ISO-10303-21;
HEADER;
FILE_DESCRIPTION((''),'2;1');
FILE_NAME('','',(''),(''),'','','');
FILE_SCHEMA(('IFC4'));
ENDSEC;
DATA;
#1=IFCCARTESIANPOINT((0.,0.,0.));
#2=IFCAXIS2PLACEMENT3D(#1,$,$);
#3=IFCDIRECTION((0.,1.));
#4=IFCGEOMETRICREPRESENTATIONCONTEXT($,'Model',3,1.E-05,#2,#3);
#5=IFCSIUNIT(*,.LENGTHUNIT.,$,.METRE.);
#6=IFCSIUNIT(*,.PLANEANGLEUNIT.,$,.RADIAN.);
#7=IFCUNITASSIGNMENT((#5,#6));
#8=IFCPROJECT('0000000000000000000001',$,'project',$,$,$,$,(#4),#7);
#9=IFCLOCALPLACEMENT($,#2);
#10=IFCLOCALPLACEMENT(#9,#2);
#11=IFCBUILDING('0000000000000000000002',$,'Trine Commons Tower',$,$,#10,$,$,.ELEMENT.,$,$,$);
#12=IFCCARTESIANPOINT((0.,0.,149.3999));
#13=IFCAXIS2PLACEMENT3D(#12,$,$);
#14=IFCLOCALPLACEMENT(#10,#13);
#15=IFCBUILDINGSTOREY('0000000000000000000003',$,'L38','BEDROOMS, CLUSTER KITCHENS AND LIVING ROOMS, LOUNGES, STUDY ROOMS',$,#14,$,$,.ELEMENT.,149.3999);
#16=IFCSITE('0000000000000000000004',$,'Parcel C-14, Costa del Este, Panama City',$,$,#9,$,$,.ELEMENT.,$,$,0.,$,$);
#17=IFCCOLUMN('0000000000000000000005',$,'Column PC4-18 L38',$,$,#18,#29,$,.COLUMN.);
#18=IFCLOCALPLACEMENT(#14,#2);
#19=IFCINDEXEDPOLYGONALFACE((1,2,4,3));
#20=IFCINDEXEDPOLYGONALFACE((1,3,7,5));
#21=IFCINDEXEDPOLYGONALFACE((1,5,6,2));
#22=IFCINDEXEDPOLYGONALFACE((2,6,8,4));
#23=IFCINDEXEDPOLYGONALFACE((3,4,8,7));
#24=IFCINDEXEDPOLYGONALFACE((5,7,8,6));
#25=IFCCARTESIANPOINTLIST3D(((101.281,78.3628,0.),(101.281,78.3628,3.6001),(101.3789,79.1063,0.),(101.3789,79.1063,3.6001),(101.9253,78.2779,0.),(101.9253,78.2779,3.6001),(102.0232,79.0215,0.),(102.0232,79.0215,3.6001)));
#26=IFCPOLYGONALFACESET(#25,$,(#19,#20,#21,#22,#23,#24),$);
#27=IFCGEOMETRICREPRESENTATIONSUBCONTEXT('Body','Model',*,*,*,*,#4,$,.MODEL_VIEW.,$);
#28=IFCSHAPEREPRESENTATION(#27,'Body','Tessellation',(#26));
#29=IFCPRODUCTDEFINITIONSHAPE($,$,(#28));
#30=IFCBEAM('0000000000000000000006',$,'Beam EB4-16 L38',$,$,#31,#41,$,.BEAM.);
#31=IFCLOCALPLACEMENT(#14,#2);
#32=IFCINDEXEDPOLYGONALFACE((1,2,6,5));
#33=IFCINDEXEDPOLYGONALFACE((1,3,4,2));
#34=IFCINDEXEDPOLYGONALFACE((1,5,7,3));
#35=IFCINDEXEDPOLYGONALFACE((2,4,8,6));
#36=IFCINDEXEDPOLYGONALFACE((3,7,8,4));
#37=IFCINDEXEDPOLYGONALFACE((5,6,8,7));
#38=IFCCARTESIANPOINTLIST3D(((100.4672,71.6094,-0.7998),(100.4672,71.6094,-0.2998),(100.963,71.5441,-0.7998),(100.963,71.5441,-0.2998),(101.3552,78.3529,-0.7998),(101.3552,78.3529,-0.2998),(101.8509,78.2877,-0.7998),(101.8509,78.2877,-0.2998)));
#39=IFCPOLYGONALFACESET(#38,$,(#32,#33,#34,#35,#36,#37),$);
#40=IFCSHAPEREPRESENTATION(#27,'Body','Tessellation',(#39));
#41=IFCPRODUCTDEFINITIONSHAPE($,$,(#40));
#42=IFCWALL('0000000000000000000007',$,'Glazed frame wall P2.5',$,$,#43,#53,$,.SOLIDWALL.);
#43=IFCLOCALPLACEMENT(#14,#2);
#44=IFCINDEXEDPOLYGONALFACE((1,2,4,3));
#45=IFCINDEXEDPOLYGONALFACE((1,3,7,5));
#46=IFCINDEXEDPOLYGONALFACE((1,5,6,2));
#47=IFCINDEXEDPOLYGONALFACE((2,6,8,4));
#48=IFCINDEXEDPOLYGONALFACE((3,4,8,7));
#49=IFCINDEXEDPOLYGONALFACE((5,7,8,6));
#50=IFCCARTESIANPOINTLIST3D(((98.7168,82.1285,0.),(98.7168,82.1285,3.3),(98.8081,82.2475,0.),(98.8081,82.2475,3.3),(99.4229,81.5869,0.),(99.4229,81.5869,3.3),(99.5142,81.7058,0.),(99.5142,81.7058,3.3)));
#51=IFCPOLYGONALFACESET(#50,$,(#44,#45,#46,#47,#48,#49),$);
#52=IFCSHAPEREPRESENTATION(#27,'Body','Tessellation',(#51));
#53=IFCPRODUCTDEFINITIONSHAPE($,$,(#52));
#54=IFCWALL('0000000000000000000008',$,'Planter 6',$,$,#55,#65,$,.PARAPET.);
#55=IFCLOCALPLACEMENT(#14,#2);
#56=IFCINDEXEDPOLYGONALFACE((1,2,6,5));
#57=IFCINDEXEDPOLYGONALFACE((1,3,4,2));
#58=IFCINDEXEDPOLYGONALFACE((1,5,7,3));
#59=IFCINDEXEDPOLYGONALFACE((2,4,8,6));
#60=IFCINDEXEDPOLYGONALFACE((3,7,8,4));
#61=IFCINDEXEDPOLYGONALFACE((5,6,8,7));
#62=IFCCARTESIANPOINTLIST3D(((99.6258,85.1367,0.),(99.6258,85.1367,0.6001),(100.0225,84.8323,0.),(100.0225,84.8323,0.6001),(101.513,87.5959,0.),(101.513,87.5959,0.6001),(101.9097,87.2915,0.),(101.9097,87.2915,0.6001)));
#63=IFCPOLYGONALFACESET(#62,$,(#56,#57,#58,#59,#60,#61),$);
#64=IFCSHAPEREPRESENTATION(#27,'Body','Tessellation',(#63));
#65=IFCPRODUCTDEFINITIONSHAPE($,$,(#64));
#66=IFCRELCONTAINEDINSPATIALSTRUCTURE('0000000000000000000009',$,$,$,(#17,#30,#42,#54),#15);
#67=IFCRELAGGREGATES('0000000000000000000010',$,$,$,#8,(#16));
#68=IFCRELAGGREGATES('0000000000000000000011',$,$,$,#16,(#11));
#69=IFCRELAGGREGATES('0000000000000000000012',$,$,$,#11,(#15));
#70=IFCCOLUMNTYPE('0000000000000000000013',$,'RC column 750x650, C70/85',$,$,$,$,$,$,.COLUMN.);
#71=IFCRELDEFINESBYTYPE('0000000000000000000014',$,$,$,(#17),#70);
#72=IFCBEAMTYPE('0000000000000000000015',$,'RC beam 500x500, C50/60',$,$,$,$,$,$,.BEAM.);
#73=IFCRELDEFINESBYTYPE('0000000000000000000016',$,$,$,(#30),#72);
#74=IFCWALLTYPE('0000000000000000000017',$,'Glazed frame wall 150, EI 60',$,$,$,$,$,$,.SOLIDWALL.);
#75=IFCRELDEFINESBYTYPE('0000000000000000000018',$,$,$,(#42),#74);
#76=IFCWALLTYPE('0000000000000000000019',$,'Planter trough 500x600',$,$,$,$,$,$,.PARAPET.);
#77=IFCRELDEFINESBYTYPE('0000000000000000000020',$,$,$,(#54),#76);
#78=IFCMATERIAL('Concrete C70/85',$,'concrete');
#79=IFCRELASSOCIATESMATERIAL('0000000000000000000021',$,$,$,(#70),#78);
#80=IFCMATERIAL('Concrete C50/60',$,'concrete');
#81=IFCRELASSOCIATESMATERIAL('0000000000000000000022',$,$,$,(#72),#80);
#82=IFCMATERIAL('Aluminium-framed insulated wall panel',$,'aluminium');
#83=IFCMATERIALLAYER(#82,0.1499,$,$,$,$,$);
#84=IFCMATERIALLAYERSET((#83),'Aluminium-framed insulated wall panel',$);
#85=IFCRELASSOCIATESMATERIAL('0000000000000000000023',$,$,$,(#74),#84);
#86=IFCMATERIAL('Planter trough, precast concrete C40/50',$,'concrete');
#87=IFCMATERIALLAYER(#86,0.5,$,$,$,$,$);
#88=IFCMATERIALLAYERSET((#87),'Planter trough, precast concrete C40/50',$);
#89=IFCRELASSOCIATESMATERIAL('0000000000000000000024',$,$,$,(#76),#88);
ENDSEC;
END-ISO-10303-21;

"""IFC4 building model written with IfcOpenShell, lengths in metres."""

from ifc_helpers import new_model, si_unit, direction, frame, frame_2d, origin, origin_2d, place, context, subcontext, project, spatial, polyline, rectangle, outline, extrude, material, layer, layer_set, material_profile, profile_set, type_object, element, save


model = new_model("IFC4")

# Units and contexts
model_context = context("Model", 3, precision=1e-05, world=origin(), true_north=direction((0.0, 1.0)))
body_context = subcontext(model_context, "Body", "Model", "MODEL_VIEW")
ifc_project = project(units=[si_unit("LENGTHUNIT", "METRE"), si_unit("PLANEANGLEUNIT", "RADIAN")], contexts=[model_context])

# Site, building, storey
site_placement = place(None, origin())
site = spatial("IfcSite", under=ifc_project, at=site_placement, Name="Parcel C-14, Costa del Este, Panama City", CompositionType="ELEMENT", RefElevation=0.0)
building_placement = place(site_placement, origin())
building = spatial("IfcBuilding", under=site, at=building_placement, Name="Trine Commons Tower", CompositionType="ELEMENT")
storey_placement = place(building_placement, frame((0.0, 0.0, 149.3999)))
storey = spatial("IfcBuildingStorey", under=building, at=storey_placement, Name="L38", Description="BEDROOMS, CLUSTER KITCHENS AND LIVING ROOMS, LOUNGES, STUDY ROOMS", CompositionType="ELEMENT", Elevation=149.3999)

# Column
ifc_material_1 = material(Name="Concrete C70/85", Category="concrete")
ifc_material_profile_1 = material_profile(ifc_material_1, rectangle(XDim=0.75, YDim=0.6499, at=origin_2d()), Name="RC 750x650")
ifc_profile_set_1 = profile_set([ifc_material_profile_1], Name="Concrete C70/85")
column_type = type_object("IfcColumnType", Name="RC column 750x650, C70/85", PredefinedType="COLUMN", material=ifc_profile_set_1)
column_placement = place(storey_placement, frame((101.6521, 78.6921, 0.0), z_axis=(0.0, 0.0, 1.0), x_axis=(0.130526, 0.991445, 0.0)))
element("IfcColumn", 1, at=column_placement, inside=storey, type_object=column_type, Name="Column PC4-18 L38", PredefinedType="COLUMN", context=body_context, shape_type="SweptSolid", body=[
    extrude(rectangle(XDim=0.75, YDim=0.6499, at=origin_2d()), origin(), (0.0, 0.0, 1.0), 3.6001),
])

# Beam
ifc_material_2 = material(Name="Concrete C50/60", Category="concrete")
ifc_material_profile_2 = material_profile(ifc_material_2, rectangle(XDim=0.5, YDim=0.5, at=origin_2d()), Name="RC 500x500")
ifc_profile_set_2 = profile_set([ifc_material_profile_2], Name="Concrete C50/60")
beam_type = type_object("IfcBeamType", Name="RC beam 500x500, C50/60", PredefinedType="BEAM", material=ifc_profile_set_2)
beam_placement = place(storey_placement, frame((101.603, 78.3203, -0.5498), z_axis=(-0.130544, -0.991443, 0.0), x_axis=(0.991443, -0.130544, 0.0)))
element("IfcBeam", 2, at=beam_placement, inside=storey, type_object=beam_type, Name="Beam EB4-16 L38", PredefinedType="BEAM", context=body_context, shape_type="SweptSolid", body=[
    extrude(rectangle(XDim=0.5, YDim=0.5, at=origin_2d()), origin(), (0.0, 0.0, 1.0), 6.8018),
])

# Wall
ifc_material_3 = material(Name="Aluminium-framed insulated wall panel", Category="aluminium")
ifc_layer_1 = layer(ifc_material_3, 0.1499)
ifc_layer_set_1 = layer_set([ifc_layer_1], Name="Aluminium-framed insulated wall panel")
wall_type_1 = type_object("IfcWallType", Name="Glazed frame wall 150, EI 60", PredefinedType="SOLIDWALL", material=ifc_layer_set_1)
wall_1_placement = place(storey_placement, frame((98.7625, 82.188, 0.0), z_axis=(0.0, 0.0, 1.0), x_axis=(0.793449, -0.608637, 0.0)))
element("IfcWall", 3, at=wall_1_placement, inside=storey, type_object=wall_type_1, Name="Glazed frame wall P2.5", PredefinedType="SOLIDWALL", context=body_context, shape_type="SweptSolid", body=[
    extrude(outline(polyline([(0.8899, 0.075), (0.0, 0.075), (0.0, -0.075), (0.8899, -0.075), (0.8899, 0.075)])), origin(), (0.0, 0.0, 1.0), 3.3),
])

# Wall
ifc_material_4 = material(Name="Planter trough, precast concrete C40/50", Category="concrete")
ifc_layer_2 = layer(ifc_material_4, 0.5)
ifc_layer_set_2 = layer_set([ifc_layer_2], Name="Planter trough, precast concrete C40/50")
wall_type_2 = type_object("IfcWallType", Name="Planter trough 500x600", PredefinedType="PARAPET", material=ifc_layer_set_2)
wall_2_placement = place(storey_placement, frame((99.8242, 84.9846, 0.0), z_axis=(0.0, 0.0, 1.0), x_axis=(0.608797, 0.793326, 0.0)))
element("IfcWall", 4, at=wall_2_placement, inside=storey, type_object=wall_type_2, Name="Planter 6", PredefinedType="PARAPET", context=body_context, shape_type="SweptSolid", body=[
    extrude(rectangle(XDim=3.0999, YDim=0.5, at=frame_2d((1.5498, 0.0))), origin(), (0.0, 0.0, 1.0), 0.6001),
])

save(model, "model.ifc")
